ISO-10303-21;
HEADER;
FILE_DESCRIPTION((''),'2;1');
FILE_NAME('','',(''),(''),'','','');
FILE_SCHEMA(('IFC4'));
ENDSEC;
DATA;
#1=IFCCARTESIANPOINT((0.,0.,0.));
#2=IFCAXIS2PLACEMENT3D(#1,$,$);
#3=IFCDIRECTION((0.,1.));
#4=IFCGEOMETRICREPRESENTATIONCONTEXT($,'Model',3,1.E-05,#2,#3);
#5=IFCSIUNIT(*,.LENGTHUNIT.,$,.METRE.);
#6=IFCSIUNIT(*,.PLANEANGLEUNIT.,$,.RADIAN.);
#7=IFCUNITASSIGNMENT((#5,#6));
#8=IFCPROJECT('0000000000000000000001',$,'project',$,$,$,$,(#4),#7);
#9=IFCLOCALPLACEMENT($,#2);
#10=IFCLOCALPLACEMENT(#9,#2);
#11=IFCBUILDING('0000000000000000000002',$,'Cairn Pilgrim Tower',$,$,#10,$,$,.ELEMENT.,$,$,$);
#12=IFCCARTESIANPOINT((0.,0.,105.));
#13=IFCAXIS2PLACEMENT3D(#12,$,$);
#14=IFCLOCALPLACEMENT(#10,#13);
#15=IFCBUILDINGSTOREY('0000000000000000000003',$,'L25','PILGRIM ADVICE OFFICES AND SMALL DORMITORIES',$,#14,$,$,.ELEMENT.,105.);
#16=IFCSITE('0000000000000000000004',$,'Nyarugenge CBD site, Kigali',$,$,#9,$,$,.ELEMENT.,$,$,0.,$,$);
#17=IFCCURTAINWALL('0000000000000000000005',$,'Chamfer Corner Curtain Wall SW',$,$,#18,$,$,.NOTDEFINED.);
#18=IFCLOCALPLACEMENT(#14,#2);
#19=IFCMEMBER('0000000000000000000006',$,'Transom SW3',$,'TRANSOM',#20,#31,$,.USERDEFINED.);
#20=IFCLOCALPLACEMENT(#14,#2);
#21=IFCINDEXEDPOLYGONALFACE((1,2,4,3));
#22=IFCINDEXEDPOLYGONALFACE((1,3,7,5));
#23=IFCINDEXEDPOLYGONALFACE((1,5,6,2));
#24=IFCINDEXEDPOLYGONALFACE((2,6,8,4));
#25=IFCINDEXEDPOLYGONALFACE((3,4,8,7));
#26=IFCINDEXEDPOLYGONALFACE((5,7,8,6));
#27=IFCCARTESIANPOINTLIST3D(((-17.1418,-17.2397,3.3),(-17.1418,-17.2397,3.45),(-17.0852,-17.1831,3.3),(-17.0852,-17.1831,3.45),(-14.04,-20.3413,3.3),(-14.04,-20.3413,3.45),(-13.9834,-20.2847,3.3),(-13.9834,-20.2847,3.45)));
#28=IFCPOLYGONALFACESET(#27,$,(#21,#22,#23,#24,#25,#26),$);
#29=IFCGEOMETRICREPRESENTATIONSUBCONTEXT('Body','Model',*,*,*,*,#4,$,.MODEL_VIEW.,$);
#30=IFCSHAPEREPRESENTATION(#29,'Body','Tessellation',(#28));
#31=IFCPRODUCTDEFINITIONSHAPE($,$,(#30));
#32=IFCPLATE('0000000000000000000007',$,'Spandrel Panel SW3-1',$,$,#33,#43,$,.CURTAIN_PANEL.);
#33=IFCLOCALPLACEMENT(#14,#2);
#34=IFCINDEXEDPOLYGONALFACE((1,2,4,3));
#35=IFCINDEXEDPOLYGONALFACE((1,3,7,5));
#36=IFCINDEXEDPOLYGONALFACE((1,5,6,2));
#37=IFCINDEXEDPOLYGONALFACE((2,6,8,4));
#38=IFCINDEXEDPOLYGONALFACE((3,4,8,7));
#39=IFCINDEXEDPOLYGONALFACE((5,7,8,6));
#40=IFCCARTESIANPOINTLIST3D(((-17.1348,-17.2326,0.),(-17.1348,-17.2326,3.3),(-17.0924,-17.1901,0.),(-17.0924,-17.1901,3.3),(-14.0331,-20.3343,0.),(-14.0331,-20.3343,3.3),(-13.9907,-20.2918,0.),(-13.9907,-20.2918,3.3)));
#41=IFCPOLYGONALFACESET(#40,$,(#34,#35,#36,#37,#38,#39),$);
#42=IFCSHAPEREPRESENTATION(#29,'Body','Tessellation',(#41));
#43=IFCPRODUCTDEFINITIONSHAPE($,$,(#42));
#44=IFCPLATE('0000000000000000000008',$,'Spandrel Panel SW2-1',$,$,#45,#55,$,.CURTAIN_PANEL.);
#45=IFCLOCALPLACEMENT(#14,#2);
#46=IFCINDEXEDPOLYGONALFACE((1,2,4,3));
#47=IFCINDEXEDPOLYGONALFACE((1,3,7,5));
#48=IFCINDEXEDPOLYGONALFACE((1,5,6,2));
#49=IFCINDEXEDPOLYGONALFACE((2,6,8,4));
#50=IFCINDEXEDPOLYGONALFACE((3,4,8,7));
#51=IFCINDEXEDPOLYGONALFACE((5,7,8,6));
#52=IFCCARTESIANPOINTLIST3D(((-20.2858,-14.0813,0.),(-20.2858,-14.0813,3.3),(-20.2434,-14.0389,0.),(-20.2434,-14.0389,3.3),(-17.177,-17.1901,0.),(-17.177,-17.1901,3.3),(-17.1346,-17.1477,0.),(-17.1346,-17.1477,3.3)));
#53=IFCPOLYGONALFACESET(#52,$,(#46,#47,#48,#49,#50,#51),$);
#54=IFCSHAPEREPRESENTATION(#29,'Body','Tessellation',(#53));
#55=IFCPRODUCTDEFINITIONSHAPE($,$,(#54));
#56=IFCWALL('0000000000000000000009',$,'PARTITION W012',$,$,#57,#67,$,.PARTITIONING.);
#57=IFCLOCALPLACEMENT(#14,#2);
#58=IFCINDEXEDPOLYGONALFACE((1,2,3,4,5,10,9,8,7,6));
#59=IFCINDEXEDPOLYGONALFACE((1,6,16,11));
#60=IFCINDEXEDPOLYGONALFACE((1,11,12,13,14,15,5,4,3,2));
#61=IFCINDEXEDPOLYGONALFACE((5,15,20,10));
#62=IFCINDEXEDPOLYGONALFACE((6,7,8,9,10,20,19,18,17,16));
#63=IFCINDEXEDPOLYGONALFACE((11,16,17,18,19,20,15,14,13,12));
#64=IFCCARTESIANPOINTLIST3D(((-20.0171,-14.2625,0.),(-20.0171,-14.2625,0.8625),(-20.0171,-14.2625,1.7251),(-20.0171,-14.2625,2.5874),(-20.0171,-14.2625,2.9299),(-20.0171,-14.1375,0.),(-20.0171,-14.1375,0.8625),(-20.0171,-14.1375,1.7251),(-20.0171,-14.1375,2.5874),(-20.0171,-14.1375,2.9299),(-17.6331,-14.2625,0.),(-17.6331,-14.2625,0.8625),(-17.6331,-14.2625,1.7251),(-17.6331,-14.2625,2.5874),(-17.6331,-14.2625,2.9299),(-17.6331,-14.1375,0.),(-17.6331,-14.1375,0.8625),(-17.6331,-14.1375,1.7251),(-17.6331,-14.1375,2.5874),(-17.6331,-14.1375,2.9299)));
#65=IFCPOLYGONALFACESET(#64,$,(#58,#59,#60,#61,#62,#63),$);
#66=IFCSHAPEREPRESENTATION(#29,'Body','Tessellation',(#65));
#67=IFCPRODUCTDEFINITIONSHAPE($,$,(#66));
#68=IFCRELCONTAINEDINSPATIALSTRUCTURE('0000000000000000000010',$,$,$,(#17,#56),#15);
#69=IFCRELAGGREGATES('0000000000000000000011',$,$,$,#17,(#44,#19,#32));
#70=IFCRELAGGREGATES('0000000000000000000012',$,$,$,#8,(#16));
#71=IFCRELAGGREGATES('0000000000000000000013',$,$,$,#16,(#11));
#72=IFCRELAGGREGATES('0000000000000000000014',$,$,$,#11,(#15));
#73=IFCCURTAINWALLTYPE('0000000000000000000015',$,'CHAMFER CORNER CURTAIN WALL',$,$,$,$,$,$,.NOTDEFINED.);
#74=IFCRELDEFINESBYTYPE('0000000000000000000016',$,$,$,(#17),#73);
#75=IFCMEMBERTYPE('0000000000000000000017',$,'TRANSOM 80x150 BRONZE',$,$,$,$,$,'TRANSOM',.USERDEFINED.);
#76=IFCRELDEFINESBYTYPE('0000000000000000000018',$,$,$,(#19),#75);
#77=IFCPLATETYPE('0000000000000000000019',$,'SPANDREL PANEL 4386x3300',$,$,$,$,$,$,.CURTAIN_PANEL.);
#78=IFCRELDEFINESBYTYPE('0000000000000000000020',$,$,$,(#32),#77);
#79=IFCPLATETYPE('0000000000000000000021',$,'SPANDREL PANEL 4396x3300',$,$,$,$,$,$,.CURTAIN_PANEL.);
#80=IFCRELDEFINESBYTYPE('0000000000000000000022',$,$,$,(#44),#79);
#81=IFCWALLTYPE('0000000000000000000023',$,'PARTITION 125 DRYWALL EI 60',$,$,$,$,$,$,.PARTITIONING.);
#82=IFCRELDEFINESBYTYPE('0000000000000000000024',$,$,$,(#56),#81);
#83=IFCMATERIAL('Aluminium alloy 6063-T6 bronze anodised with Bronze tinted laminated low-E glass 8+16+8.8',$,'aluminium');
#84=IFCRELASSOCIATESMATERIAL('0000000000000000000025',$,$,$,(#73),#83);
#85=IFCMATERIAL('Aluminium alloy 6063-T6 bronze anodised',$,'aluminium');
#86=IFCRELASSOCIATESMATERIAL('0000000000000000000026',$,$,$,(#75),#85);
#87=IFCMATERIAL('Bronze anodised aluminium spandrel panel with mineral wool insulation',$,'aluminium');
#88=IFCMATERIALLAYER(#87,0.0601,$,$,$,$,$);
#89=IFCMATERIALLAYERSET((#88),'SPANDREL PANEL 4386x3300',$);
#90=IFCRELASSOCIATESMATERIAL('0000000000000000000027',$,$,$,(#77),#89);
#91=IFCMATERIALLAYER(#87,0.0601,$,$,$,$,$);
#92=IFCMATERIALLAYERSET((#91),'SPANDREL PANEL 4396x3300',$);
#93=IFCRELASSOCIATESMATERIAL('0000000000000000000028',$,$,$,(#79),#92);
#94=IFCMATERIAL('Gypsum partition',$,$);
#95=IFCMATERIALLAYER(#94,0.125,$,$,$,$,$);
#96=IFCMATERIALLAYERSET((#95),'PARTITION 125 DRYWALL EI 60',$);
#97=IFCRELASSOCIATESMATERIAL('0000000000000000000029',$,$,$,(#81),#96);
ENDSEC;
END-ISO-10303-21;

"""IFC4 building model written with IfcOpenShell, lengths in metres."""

from ifc_helpers import new_model, si_unit, direction, frame, origin, origin_2d, place, context, subcontext, project, spatial, polyline, rectangle, outline, extrude, material, layer, layer_set, material_profile, profile_set, type_object, element, aggregate, save


model = new_model("IFC4")

# Units and contexts
model_context = context("Model", 3, precision=1e-05, world=origin(), true_north=direction((0.0, 1.0)))
body_context = subcontext(model_context, "Body", "Model", "MODEL_VIEW")
ifc_project = project(units=[si_unit("LENGTHUNIT", "METRE"), si_unit("PLANEANGLEUNIT", "RADIAN")], contexts=[model_context])

# Site, building, storey
site_placement = place(None, origin())
site = spatial("IfcSite", under=ifc_project, at=site_placement, Name="Nyarugenge CBD site, Kigali", CompositionType="ELEMENT", RefElevation=0.0)
building_placement = place(site_placement, origin())
building = spatial("IfcBuilding", under=site, at=building_placement, Name="Cairn Pilgrim Tower", CompositionType="ELEMENT")
storey_placement = place(building_placement, frame((0.0, 0.0, 105.0)))
storey = spatial("IfcBuildingStorey", under=building, at=storey_placement, Name="L25", Description="PILGRIM ADVICE OFFICES AND SMALL DORMITORIES", CompositionType="ELEMENT", Elevation=105.0)

# Curtain wall
ifc_material_1 = material(Name="Aluminium alloy 6063-T6 bronze anodised with Bronze tinted laminated low-E glass 8+16+8.8", Category="aluminium")
curtain_wall_type = type_object("IfcCurtainWallType", Name="CHAMFER CORNER CURTAIN WALL", PredefinedType="NOTDEFINED", material=ifc_material_1)
curtain_wall_placement = place(storey_placement, origin())
curtain_wall = element("IfcCurtainWall", 1, at=curtain_wall_placement, inside=storey, type_object=curtain_wall_type, Name="Chamfer Corner Curtain Wall SW", PredefinedType="NOTDEFINED")
ifc_material_2 = material(Name="Aluminium alloy 6063-T6 bronze anodised", Category="aluminium")

# Member
ifc_material_profile_1 = material_profile(ifc_material_2, rectangle(XDim=0.0801, YDim=0.1499, at=origin_2d()), Name="TRANSOM 80x150 BRONZE")
ifc_profile_set_1 = profile_set([ifc_material_profile_1], Name="Aluminium alloy 6063-T6 bronze anodised")
member_type_1 = type_object("IfcMemberType", Name="TRANSOM 80x150 BRONZE", ElementType="TRANSOM", PredefinedType="USERDEFINED", material=ifc_profile_set_1)
member_1_placement = place(storey_placement, frame((-17.1135, -17.2114, 3.375), z_axis=(0.707135, -0.707079, 0.0), x_axis=(0.707079, 0.707135, 0.0)))
member_1 = element("IfcMember", 2, at=member_1_placement, type_object=member_type_1, Name="Transom SW3", ObjectType="TRANSOM", PredefinedType="USERDEFINED", context=body_context, shape_type="SweptSolid", body=[
    extrude(rectangle(XDim=0.0801, YDim=0.1499, at=origin_2d()), origin(), (0.0, 0.0, 1.0), 4.3865),
])

# Plates
ifc_material_3 = material(Name="Bronze anodised aluminium spandrel panel with mineral wool insulation", Category="aluminium")
ifc_layer_1 = layer(ifc_material_3, 0.0601)
ifc_layer_set_1 = layer_set([ifc_layer_1], Name="SPANDREL PANEL 4386x3300")
plate_type_1 = type_object("IfcPlateType", Name="SPANDREL PANEL 4386x3300", PredefinedType="CURTAIN_PANEL", material=ifc_layer_set_1)
plate_1_placement = place(storey_placement, frame((-15.5627, -18.7622, 0.0), z_axis=(0.0, 0.0, 1.0), x_axis=(0.707107, -0.707107, 0.0)))
plate_1 = element("IfcPlate", 3, at=plate_1_placement, type_object=plate_type_1, Name="Spandrel Panel SW3-1", PredefinedType="CURTAIN_PANEL", context=body_context, shape_type="SweptSolid", body=[
    extrude(rectangle(XDim=4.3865, YDim=0.0601, at=origin_2d()), origin(), (0.0, 0.0, 1.0), 3.3),
])
ifc_layer_2 = layer(ifc_material_3, 0.0601)
ifc_layer_set_2 = layer_set([ifc_layer_2], Name="SPANDREL PANEL 4396x3300")
plate_type_2 = type_object("IfcPlateType", Name="SPANDREL PANEL 4396x3300", PredefinedType="CURTAIN_PANEL", material=ifc_layer_set_2)
plate_2_placement = place(storey_placement, frame((-18.7102, -15.6145, 0.0), z_axis=(0.0, 0.0, 1.0), x_axis=(0.707107, -0.707107, 0.0)))
plate_2 = element("IfcPlate", 4, at=plate_2_placement, type_object=plate_type_2, Name="Spandrel Panel SW2-1", PredefinedType="CURTAIN_PANEL", context=body_context, shape_type="SweptSolid", body=[
    extrude(rectangle(XDim=4.3965, YDim=0.0601, at=origin_2d()), origin(), (0.0, 0.0, 1.0), 3.3),
])
aggregate(curtain_wall, [plate_2, member_1, plate_1])

# Wall
ifc_material_4 = material(Name="Gypsum partition")
ifc_layer_3 = layer(ifc_material_4, 0.125)
ifc_layer_set_3 = layer_set([ifc_layer_3], Name="PARTITION 125 DRYWALL EI 60")
wall_type = type_object("IfcWallType", Name="PARTITION 125 DRYWALL EI 60", PredefinedType="PARTITIONING", material=ifc_layer_set_3)
wall_placement = place(storey_placement, frame((-20.0171, -14.2, 0.0), z_axis=(0.0, 0.0, 1.0), x_axis=(1.0, 0.0, 0.0)))
element("IfcWall", 5, at=wall_placement, inside=storey, type_object=wall_type, Name="PARTITION W012", PredefinedType="PARTITIONING", context=body_context, shape_type="SweptSolid", body=[
    extrude(outline(polyline([(0.0, 0.0), (2.384, 0.0), (2.384, 0.8625), (2.384, 1.7251), (2.384, 2.5874), (2.384, 2.9299), (0.0, 2.9299), (0.0, 2.5874), (0.0, 1.7251), (0.0, 0.8625), (0.0, 0.0)])), frame((0.0, 0.0625, 0.0), z_axis=(0.0, -1.0, 0.0), x_axis=(1.0, 0.0, 0.0)), (0.0, 0.0, 1.0), 0.125),
])

save(model, "model.ifc")
